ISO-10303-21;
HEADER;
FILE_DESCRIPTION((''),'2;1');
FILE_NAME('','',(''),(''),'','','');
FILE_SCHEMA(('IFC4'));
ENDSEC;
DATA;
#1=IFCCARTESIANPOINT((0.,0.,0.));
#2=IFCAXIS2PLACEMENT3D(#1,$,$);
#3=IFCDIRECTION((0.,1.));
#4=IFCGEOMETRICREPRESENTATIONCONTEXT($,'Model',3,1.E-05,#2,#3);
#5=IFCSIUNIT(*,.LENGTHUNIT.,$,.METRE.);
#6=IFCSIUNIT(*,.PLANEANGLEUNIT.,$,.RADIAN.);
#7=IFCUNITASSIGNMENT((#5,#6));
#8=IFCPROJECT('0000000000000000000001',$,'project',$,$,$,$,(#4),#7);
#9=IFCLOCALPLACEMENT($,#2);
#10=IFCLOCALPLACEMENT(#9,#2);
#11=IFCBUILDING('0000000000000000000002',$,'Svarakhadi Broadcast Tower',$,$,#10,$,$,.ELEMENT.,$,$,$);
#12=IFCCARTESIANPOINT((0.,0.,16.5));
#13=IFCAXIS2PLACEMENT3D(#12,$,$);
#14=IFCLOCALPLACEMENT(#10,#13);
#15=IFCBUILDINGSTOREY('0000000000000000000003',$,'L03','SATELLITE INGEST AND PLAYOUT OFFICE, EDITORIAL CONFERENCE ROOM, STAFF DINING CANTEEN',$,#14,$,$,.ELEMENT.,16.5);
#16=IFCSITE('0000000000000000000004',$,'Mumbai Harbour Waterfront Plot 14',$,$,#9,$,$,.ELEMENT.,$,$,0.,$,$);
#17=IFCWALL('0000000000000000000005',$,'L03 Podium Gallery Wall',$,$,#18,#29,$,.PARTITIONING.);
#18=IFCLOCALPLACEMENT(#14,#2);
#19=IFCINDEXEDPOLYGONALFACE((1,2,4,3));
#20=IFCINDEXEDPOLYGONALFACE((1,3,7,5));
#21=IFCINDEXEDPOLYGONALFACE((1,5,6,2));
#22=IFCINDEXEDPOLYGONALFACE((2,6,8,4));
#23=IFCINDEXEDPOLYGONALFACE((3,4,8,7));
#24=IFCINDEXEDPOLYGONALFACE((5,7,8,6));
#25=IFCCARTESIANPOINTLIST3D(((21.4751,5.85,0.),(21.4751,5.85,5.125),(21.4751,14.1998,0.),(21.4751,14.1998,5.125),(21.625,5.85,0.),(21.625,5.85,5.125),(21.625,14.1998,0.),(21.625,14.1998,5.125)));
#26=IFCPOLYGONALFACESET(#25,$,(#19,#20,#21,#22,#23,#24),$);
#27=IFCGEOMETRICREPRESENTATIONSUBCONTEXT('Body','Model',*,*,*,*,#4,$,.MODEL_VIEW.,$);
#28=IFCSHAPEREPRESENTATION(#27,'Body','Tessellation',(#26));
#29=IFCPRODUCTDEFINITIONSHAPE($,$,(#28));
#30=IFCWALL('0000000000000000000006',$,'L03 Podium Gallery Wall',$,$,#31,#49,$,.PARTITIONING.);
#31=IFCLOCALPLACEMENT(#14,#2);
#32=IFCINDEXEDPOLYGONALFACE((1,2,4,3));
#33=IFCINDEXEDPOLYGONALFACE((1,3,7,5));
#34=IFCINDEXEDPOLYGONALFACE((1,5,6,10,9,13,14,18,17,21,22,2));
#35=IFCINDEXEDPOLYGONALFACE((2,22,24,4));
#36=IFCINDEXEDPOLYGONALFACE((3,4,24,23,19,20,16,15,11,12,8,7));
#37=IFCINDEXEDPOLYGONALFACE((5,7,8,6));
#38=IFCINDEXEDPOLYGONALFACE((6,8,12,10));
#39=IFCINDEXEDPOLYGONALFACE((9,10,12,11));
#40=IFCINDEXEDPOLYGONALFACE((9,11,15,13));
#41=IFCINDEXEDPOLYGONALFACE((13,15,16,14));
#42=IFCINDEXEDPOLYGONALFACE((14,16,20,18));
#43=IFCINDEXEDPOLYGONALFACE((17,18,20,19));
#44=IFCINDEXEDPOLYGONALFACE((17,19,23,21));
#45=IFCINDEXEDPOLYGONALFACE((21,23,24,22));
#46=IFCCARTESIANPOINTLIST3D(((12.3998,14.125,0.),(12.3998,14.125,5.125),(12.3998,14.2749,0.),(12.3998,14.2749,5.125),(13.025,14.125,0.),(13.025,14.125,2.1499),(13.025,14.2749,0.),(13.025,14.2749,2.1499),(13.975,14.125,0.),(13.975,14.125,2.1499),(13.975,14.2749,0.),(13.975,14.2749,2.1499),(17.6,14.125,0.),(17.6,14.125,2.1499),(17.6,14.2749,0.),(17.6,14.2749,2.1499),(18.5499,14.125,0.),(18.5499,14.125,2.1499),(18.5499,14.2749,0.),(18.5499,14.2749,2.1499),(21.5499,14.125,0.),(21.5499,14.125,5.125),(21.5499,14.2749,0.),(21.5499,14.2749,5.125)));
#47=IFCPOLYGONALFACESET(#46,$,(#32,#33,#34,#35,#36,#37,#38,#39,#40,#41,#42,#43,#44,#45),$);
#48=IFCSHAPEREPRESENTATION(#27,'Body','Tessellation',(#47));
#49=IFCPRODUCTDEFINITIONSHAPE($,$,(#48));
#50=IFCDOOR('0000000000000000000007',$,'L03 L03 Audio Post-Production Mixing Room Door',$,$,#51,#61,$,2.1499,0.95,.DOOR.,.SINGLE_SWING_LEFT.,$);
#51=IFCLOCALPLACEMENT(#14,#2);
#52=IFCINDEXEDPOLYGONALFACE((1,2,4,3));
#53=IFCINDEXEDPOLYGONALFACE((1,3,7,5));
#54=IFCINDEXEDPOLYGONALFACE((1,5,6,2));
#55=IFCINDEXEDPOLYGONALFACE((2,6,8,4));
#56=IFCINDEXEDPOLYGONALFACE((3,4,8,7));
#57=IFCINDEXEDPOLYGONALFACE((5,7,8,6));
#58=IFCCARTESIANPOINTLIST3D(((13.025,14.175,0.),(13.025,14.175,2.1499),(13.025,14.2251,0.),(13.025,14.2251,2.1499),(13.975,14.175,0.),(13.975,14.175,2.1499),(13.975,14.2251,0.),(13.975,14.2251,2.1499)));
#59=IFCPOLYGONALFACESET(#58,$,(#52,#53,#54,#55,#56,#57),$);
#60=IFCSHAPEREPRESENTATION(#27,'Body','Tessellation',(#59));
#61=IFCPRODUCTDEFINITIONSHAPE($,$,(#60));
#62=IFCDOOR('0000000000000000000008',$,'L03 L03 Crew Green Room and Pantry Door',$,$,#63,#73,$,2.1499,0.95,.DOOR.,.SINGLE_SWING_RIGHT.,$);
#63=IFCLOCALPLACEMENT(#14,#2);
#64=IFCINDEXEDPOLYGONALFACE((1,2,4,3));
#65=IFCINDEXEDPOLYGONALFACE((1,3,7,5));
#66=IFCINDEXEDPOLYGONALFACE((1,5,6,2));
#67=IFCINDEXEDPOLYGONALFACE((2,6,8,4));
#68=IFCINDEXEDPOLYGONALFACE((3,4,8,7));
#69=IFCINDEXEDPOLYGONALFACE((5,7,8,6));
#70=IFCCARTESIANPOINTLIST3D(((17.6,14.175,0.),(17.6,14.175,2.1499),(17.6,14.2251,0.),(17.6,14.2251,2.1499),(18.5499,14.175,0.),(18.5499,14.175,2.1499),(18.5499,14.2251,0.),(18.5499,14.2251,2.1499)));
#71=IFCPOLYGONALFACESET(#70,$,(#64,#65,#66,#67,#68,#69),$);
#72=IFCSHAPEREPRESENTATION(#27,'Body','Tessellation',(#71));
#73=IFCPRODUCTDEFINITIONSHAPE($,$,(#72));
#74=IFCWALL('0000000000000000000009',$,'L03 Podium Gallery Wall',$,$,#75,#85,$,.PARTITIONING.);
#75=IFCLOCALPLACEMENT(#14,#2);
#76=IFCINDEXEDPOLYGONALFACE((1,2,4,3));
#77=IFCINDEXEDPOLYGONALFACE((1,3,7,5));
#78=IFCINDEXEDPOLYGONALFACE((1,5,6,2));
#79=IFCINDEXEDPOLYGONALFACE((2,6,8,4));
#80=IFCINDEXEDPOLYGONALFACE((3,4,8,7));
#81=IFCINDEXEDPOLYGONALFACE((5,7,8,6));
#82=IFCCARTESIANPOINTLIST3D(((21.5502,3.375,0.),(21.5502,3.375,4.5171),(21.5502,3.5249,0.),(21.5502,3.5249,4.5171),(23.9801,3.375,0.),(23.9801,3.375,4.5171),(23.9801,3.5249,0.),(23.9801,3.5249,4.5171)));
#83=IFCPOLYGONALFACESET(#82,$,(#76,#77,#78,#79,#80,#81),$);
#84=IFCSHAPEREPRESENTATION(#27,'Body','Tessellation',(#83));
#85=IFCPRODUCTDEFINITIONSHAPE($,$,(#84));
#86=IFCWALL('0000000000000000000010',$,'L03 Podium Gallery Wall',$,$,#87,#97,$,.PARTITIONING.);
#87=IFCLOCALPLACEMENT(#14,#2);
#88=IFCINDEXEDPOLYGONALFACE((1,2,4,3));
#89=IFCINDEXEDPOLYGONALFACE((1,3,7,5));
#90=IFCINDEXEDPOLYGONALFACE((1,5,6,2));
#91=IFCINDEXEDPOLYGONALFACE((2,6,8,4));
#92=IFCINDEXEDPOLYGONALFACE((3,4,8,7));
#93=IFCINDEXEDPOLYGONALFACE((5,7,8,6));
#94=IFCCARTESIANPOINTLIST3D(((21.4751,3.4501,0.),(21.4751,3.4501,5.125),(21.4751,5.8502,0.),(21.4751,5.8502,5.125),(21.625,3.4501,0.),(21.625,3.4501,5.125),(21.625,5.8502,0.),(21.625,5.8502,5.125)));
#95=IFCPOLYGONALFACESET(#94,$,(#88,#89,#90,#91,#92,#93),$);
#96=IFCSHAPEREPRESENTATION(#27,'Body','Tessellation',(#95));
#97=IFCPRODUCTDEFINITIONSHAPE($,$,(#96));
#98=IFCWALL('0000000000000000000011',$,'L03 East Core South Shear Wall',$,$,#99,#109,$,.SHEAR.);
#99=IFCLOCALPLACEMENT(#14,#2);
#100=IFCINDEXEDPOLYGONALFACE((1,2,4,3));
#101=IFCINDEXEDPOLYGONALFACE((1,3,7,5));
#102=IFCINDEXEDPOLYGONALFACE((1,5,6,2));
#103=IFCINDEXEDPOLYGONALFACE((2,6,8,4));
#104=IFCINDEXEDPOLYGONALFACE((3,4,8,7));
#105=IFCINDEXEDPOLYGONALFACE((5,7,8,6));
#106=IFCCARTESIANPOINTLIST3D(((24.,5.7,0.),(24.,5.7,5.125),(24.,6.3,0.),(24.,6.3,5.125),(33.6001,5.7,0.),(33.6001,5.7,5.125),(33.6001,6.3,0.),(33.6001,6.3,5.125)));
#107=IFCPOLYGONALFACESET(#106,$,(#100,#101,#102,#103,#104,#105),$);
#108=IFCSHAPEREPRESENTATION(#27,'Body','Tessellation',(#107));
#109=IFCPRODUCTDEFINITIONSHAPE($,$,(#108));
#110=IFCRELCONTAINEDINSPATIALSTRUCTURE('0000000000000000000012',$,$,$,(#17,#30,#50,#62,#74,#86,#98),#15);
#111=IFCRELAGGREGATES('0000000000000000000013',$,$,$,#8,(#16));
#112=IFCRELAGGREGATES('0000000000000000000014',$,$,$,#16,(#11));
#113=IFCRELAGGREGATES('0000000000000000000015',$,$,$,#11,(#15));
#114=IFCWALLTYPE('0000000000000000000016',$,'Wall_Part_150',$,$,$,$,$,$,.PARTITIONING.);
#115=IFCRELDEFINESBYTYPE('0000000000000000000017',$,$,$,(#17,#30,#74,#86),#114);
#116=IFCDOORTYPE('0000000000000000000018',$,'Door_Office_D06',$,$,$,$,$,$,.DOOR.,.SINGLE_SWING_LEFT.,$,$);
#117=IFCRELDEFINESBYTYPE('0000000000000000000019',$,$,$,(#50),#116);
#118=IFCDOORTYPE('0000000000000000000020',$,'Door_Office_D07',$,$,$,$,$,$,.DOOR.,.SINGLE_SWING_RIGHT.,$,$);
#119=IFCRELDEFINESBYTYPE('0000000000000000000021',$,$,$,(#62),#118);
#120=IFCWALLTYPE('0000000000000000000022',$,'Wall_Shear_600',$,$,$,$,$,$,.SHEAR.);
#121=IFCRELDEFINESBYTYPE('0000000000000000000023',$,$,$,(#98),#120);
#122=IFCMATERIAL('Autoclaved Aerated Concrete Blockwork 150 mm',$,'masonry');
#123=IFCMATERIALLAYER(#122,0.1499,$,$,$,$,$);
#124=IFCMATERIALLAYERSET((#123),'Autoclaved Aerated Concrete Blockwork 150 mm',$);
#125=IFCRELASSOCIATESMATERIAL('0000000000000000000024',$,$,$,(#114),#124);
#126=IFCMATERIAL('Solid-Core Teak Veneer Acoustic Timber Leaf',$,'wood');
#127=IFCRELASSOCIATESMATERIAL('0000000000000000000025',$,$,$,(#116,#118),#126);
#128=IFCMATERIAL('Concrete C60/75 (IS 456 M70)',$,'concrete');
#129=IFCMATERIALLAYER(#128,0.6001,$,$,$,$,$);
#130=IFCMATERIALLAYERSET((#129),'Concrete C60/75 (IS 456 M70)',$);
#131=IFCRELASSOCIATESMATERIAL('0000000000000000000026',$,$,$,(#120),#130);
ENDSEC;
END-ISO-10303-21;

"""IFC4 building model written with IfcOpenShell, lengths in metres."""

from ifc_helpers import new_model, si_unit, direction, frame, frame_2d, origin, place, context, subcontext, project, spatial, rectangle, extrude, material, layer, layer_set, type_object, element, fill, save


model = new_model("IFC4")

# Units and contexts
model_context = context("Model", 3, precision=1e-05, world=origin(), true_north=direction((0.0, 1.0)))
body_context = subcontext(model_context, "Body", "Model", "MODEL_VIEW")
ifc_project = project(units=[si_unit("LENGTHUNIT", "METRE"), si_unit("PLANEANGLEUNIT", "RADIAN")], contexts=[model_context])

# Site, building, storey
site_placement = place(None, origin())
site = spatial("IfcSite", under=ifc_project, at=site_placement, Name="Mumbai Harbour Waterfront Plot 14", CompositionType="ELEMENT", RefElevation=0.0)
building_placement = place(site_placement, origin())
building = spatial("IfcBuilding", under=site, at=building_placement, Name="Svarakhadi Broadcast Tower", CompositionType="ELEMENT")
storey_placement = place(building_placement, frame((0.0, 0.0, 16.5)))
storey = spatial("IfcBuildingStorey", under=building, at=storey_placement, Name="L03", Description="SATELLITE INGEST AND PLAYOUT OFFICE, EDITORIAL CONFERENCE ROOM, STAFF DINING CANTEEN", CompositionType="ELEMENT", Elevation=16.5)

# Shared definitions
ifc_material_1 = material(Name="Concrete C60/75 (IS 456 M70)", Category="concrete")

# Wall
ifc_material_2 = material(Name="Autoclaved Aerated Concrete Blockwork 150 mm", Category="masonry")
ifc_layer_1 = layer(ifc_material_2, 0.1499)
ifc_layer_set_1 = layer_set([ifc_layer_1], Name="Autoclaved Aerated Concrete Blockwork 150 mm")
wall_type_1 = type_object("IfcWallType", Name="Wall_Part_150", PredefinedType="PARTITIONING", material=ifc_layer_set_1)
wall_1_placement = place(storey_placement, frame((21.55, 5.8501, 0.0), z_axis=(0.0, 0.0, 1.0), x_axis=(0.0, 1.0, 0.0)))
element("IfcWall", 1, at=wall_1_placement, inside=storey, type_object=wall_type_1, Name="L03 Podium Gallery Wall", PredefinedType="PARTITIONING", context=body_context, shape_type="SweptSolid", body=[
    extrude(rectangle(XDim=8.3499, YDim=0.1499, at=frame_2d((4.1748, 0.0))), origin(), (0.0, 0.0, 1.0), 5.125),
])

# Wall, openings, doors
wall_2_placement = place(storey_placement, frame((21.55, 14.2, 0.0), z_axis=(0.0, 0.0, 1.0), x_axis=(-1.0, 0.0, 0.0)))
wall_2 = element("IfcWall", 2, at=wall_2_placement, inside=storey, type_object=wall_type_1, Name="L03 Podium Gallery Wall", PredefinedType="PARTITIONING", context=body_context, shape_type="SweptSolid", body=[
    extrude(rectangle(XDim=9.1501, YDim=0.1499, at=frame_2d((4.5752, 0.0))), origin(), (0.0, 0.0, 1.0), 5.125),
])
opening_1_placement = place(wall_2_placement, frame((7.575, 0.0, 0.0)))
opening_1 = element("IfcOpeningElement", 3, at=opening_1_placement, cuts=wall_2, PredefinedType="OPENING", context=body_context, shape_type="SweptSolid", body=[
    extrude(rectangle(XDim=0.95, YDim=2.1499, at=frame_2d((0.4751, 1.075))), frame((0.0, 0.085, 0.0), z_axis=(0.0, -1.0, 0.0), x_axis=(1.0, 0.0, 0.0)), (0.0, 0.0, 1.0), 0.1699),
])
opening_2_placement = place(wall_2_placement, frame((3.0, 0.0, 0.0)))
opening_2 = element("IfcOpeningElement", 4, at=opening_2_placement, cuts=wall_2, PredefinedType="OPENING", context=body_context, shape_type="SweptSolid", body=[
    extrude(rectangle(XDim=0.95, YDim=2.1499, at=frame_2d((0.4751, 1.075))), frame((0.0, 0.085, 0.0), z_axis=(0.0, -1.0, 0.0), x_axis=(1.0, 0.0, 0.0)), (0.0, 0.0, 1.0), 0.1699),
])
ifc_material_3 = material(Name="Solid-Core Teak Veneer Acoustic Timber Leaf", Category="wood")
door_type_1 = type_object("IfcDoorType", Name="Door_Office_D06", OperationType="SINGLE_SWING_LEFT", PredefinedType="DOOR", material=ifc_material_3)
door_1_placement = place(opening_1_placement, origin())
door_1 = element("IfcDoor", 5, at=door_1_placement, inside=storey, type_object=door_type_1, Name="L03 L03 Audio Post-Production Mixing Room Door", OperationType="SINGLE_SWING_LEFT", OverallHeight=2.1499, OverallWidth=0.95, PredefinedType="DOOR", context=body_context, shape_type="SweptSolid", body=[
    extrude(rectangle(XDim=0.95, YDim=2.1499, at=frame_2d((0.4751, 1.075))), frame((0.0, 0.0249, 0.0), z_axis=(0.0, -1.0, 0.0), x_axis=(1.0, 0.0, 0.0)), (0.0, 0.0, 1.0), 0.05),
])
fill(opening_1, door_1)
door_type_2 = type_object("IfcDoorType", Name="Door_Office_D07", OperationType="SINGLE_SWING_RIGHT", PredefinedType="DOOR", material=ifc_material_3)
door_2_placement = place(opening_2_placement, origin())
door_2 = element("IfcDoor", 6, at=door_2_placement, inside=storey, type_object=door_type_2, Name="L03 L03 Crew Green Room and Pantry Door", OperationType="SINGLE_SWING_RIGHT", OverallHeight=2.1499, OverallWidth=0.95, PredefinedType="DOOR", context=body_context, shape_type="SweptSolid", body=[
    extrude(rectangle(XDim=0.95, YDim=2.1499, at=frame_2d((0.4751, 1.075))), frame((0.0, 0.0249, 0.0), z_axis=(0.0, -1.0, 0.0), x_axis=(1.0, 0.0, 0.0)), (0.0, 0.0, 1.0), 0.05),
])
fill(opening_2, door_2)

# Walls
wall_3_placement = place(storey_placement, frame((23.98, 3.45, 0.0), z_axis=(0.0, 0.0, 1.0), x_axis=(-1.0, 0.0, 0.0)))
element("IfcWall", 7, at=wall_3_placement, inside=storey, type_object=wall_type_1, Name="L03 Podium Gallery Wall", PredefinedType="PARTITIONING", context=body_context, shape_type="SweptSolid", body=[
    extrude(rectangle(XDim=2.4299, YDim=0.1499, at=frame_2d((1.2148, 0.0))), origin(), (0.0, 0.0, 1.0), 4.5171),
])
wall_4_placement = place(storey_placement, frame((21.55, 3.45, 0.0), z_axis=(0.0, 0.0, 1.0), x_axis=(0.0, 1.0, 0.0)))
element("IfcWall", 8, at=wall_4_placement, inside=storey, type_object=wall_type_1, Name="L03 Podium Gallery Wall", PredefinedType="PARTITIONING", context=body_context, shape_type="SweptSolid", body=[
    extrude(rectangle(XDim=2.4001, YDim=0.1499, at=frame_2d((1.2002, 0.0))), origin(), (0.0, 0.0, 1.0), 5.125),
])
ifc_layer_2 = layer(ifc_material_1, 0.6001)
ifc_layer_set_2 = layer_set([ifc_layer_2], Name="Concrete C60/75 (IS 456 M70)")
wall_type_2 = type_object("IfcWallType", Name="Wall_Shear_600", PredefinedType="SHEAR", material=ifc_layer_set_2)
wall_5_placement = place(storey_placement, frame((24.0, 6.0, 0.0), z_axis=(0.0, 0.0, 1.0), x_axis=(1.0, 0.0, 0.0)))
element("IfcWall", 9, at=wall_5_placement, inside=storey, type_object=wall_type_2, Name="L03 East Core South Shear Wall", PredefinedType="SHEAR", context=body_context, shape_type="SweptSolid", body=[
    extrude(rectangle(XDim=9.6001, YDim=0.6001, at=frame_2d((4.8, 0.0))), origin(), (0.0, 0.0, 1.0), 5.125),
])

save(model, "model.ifc")
